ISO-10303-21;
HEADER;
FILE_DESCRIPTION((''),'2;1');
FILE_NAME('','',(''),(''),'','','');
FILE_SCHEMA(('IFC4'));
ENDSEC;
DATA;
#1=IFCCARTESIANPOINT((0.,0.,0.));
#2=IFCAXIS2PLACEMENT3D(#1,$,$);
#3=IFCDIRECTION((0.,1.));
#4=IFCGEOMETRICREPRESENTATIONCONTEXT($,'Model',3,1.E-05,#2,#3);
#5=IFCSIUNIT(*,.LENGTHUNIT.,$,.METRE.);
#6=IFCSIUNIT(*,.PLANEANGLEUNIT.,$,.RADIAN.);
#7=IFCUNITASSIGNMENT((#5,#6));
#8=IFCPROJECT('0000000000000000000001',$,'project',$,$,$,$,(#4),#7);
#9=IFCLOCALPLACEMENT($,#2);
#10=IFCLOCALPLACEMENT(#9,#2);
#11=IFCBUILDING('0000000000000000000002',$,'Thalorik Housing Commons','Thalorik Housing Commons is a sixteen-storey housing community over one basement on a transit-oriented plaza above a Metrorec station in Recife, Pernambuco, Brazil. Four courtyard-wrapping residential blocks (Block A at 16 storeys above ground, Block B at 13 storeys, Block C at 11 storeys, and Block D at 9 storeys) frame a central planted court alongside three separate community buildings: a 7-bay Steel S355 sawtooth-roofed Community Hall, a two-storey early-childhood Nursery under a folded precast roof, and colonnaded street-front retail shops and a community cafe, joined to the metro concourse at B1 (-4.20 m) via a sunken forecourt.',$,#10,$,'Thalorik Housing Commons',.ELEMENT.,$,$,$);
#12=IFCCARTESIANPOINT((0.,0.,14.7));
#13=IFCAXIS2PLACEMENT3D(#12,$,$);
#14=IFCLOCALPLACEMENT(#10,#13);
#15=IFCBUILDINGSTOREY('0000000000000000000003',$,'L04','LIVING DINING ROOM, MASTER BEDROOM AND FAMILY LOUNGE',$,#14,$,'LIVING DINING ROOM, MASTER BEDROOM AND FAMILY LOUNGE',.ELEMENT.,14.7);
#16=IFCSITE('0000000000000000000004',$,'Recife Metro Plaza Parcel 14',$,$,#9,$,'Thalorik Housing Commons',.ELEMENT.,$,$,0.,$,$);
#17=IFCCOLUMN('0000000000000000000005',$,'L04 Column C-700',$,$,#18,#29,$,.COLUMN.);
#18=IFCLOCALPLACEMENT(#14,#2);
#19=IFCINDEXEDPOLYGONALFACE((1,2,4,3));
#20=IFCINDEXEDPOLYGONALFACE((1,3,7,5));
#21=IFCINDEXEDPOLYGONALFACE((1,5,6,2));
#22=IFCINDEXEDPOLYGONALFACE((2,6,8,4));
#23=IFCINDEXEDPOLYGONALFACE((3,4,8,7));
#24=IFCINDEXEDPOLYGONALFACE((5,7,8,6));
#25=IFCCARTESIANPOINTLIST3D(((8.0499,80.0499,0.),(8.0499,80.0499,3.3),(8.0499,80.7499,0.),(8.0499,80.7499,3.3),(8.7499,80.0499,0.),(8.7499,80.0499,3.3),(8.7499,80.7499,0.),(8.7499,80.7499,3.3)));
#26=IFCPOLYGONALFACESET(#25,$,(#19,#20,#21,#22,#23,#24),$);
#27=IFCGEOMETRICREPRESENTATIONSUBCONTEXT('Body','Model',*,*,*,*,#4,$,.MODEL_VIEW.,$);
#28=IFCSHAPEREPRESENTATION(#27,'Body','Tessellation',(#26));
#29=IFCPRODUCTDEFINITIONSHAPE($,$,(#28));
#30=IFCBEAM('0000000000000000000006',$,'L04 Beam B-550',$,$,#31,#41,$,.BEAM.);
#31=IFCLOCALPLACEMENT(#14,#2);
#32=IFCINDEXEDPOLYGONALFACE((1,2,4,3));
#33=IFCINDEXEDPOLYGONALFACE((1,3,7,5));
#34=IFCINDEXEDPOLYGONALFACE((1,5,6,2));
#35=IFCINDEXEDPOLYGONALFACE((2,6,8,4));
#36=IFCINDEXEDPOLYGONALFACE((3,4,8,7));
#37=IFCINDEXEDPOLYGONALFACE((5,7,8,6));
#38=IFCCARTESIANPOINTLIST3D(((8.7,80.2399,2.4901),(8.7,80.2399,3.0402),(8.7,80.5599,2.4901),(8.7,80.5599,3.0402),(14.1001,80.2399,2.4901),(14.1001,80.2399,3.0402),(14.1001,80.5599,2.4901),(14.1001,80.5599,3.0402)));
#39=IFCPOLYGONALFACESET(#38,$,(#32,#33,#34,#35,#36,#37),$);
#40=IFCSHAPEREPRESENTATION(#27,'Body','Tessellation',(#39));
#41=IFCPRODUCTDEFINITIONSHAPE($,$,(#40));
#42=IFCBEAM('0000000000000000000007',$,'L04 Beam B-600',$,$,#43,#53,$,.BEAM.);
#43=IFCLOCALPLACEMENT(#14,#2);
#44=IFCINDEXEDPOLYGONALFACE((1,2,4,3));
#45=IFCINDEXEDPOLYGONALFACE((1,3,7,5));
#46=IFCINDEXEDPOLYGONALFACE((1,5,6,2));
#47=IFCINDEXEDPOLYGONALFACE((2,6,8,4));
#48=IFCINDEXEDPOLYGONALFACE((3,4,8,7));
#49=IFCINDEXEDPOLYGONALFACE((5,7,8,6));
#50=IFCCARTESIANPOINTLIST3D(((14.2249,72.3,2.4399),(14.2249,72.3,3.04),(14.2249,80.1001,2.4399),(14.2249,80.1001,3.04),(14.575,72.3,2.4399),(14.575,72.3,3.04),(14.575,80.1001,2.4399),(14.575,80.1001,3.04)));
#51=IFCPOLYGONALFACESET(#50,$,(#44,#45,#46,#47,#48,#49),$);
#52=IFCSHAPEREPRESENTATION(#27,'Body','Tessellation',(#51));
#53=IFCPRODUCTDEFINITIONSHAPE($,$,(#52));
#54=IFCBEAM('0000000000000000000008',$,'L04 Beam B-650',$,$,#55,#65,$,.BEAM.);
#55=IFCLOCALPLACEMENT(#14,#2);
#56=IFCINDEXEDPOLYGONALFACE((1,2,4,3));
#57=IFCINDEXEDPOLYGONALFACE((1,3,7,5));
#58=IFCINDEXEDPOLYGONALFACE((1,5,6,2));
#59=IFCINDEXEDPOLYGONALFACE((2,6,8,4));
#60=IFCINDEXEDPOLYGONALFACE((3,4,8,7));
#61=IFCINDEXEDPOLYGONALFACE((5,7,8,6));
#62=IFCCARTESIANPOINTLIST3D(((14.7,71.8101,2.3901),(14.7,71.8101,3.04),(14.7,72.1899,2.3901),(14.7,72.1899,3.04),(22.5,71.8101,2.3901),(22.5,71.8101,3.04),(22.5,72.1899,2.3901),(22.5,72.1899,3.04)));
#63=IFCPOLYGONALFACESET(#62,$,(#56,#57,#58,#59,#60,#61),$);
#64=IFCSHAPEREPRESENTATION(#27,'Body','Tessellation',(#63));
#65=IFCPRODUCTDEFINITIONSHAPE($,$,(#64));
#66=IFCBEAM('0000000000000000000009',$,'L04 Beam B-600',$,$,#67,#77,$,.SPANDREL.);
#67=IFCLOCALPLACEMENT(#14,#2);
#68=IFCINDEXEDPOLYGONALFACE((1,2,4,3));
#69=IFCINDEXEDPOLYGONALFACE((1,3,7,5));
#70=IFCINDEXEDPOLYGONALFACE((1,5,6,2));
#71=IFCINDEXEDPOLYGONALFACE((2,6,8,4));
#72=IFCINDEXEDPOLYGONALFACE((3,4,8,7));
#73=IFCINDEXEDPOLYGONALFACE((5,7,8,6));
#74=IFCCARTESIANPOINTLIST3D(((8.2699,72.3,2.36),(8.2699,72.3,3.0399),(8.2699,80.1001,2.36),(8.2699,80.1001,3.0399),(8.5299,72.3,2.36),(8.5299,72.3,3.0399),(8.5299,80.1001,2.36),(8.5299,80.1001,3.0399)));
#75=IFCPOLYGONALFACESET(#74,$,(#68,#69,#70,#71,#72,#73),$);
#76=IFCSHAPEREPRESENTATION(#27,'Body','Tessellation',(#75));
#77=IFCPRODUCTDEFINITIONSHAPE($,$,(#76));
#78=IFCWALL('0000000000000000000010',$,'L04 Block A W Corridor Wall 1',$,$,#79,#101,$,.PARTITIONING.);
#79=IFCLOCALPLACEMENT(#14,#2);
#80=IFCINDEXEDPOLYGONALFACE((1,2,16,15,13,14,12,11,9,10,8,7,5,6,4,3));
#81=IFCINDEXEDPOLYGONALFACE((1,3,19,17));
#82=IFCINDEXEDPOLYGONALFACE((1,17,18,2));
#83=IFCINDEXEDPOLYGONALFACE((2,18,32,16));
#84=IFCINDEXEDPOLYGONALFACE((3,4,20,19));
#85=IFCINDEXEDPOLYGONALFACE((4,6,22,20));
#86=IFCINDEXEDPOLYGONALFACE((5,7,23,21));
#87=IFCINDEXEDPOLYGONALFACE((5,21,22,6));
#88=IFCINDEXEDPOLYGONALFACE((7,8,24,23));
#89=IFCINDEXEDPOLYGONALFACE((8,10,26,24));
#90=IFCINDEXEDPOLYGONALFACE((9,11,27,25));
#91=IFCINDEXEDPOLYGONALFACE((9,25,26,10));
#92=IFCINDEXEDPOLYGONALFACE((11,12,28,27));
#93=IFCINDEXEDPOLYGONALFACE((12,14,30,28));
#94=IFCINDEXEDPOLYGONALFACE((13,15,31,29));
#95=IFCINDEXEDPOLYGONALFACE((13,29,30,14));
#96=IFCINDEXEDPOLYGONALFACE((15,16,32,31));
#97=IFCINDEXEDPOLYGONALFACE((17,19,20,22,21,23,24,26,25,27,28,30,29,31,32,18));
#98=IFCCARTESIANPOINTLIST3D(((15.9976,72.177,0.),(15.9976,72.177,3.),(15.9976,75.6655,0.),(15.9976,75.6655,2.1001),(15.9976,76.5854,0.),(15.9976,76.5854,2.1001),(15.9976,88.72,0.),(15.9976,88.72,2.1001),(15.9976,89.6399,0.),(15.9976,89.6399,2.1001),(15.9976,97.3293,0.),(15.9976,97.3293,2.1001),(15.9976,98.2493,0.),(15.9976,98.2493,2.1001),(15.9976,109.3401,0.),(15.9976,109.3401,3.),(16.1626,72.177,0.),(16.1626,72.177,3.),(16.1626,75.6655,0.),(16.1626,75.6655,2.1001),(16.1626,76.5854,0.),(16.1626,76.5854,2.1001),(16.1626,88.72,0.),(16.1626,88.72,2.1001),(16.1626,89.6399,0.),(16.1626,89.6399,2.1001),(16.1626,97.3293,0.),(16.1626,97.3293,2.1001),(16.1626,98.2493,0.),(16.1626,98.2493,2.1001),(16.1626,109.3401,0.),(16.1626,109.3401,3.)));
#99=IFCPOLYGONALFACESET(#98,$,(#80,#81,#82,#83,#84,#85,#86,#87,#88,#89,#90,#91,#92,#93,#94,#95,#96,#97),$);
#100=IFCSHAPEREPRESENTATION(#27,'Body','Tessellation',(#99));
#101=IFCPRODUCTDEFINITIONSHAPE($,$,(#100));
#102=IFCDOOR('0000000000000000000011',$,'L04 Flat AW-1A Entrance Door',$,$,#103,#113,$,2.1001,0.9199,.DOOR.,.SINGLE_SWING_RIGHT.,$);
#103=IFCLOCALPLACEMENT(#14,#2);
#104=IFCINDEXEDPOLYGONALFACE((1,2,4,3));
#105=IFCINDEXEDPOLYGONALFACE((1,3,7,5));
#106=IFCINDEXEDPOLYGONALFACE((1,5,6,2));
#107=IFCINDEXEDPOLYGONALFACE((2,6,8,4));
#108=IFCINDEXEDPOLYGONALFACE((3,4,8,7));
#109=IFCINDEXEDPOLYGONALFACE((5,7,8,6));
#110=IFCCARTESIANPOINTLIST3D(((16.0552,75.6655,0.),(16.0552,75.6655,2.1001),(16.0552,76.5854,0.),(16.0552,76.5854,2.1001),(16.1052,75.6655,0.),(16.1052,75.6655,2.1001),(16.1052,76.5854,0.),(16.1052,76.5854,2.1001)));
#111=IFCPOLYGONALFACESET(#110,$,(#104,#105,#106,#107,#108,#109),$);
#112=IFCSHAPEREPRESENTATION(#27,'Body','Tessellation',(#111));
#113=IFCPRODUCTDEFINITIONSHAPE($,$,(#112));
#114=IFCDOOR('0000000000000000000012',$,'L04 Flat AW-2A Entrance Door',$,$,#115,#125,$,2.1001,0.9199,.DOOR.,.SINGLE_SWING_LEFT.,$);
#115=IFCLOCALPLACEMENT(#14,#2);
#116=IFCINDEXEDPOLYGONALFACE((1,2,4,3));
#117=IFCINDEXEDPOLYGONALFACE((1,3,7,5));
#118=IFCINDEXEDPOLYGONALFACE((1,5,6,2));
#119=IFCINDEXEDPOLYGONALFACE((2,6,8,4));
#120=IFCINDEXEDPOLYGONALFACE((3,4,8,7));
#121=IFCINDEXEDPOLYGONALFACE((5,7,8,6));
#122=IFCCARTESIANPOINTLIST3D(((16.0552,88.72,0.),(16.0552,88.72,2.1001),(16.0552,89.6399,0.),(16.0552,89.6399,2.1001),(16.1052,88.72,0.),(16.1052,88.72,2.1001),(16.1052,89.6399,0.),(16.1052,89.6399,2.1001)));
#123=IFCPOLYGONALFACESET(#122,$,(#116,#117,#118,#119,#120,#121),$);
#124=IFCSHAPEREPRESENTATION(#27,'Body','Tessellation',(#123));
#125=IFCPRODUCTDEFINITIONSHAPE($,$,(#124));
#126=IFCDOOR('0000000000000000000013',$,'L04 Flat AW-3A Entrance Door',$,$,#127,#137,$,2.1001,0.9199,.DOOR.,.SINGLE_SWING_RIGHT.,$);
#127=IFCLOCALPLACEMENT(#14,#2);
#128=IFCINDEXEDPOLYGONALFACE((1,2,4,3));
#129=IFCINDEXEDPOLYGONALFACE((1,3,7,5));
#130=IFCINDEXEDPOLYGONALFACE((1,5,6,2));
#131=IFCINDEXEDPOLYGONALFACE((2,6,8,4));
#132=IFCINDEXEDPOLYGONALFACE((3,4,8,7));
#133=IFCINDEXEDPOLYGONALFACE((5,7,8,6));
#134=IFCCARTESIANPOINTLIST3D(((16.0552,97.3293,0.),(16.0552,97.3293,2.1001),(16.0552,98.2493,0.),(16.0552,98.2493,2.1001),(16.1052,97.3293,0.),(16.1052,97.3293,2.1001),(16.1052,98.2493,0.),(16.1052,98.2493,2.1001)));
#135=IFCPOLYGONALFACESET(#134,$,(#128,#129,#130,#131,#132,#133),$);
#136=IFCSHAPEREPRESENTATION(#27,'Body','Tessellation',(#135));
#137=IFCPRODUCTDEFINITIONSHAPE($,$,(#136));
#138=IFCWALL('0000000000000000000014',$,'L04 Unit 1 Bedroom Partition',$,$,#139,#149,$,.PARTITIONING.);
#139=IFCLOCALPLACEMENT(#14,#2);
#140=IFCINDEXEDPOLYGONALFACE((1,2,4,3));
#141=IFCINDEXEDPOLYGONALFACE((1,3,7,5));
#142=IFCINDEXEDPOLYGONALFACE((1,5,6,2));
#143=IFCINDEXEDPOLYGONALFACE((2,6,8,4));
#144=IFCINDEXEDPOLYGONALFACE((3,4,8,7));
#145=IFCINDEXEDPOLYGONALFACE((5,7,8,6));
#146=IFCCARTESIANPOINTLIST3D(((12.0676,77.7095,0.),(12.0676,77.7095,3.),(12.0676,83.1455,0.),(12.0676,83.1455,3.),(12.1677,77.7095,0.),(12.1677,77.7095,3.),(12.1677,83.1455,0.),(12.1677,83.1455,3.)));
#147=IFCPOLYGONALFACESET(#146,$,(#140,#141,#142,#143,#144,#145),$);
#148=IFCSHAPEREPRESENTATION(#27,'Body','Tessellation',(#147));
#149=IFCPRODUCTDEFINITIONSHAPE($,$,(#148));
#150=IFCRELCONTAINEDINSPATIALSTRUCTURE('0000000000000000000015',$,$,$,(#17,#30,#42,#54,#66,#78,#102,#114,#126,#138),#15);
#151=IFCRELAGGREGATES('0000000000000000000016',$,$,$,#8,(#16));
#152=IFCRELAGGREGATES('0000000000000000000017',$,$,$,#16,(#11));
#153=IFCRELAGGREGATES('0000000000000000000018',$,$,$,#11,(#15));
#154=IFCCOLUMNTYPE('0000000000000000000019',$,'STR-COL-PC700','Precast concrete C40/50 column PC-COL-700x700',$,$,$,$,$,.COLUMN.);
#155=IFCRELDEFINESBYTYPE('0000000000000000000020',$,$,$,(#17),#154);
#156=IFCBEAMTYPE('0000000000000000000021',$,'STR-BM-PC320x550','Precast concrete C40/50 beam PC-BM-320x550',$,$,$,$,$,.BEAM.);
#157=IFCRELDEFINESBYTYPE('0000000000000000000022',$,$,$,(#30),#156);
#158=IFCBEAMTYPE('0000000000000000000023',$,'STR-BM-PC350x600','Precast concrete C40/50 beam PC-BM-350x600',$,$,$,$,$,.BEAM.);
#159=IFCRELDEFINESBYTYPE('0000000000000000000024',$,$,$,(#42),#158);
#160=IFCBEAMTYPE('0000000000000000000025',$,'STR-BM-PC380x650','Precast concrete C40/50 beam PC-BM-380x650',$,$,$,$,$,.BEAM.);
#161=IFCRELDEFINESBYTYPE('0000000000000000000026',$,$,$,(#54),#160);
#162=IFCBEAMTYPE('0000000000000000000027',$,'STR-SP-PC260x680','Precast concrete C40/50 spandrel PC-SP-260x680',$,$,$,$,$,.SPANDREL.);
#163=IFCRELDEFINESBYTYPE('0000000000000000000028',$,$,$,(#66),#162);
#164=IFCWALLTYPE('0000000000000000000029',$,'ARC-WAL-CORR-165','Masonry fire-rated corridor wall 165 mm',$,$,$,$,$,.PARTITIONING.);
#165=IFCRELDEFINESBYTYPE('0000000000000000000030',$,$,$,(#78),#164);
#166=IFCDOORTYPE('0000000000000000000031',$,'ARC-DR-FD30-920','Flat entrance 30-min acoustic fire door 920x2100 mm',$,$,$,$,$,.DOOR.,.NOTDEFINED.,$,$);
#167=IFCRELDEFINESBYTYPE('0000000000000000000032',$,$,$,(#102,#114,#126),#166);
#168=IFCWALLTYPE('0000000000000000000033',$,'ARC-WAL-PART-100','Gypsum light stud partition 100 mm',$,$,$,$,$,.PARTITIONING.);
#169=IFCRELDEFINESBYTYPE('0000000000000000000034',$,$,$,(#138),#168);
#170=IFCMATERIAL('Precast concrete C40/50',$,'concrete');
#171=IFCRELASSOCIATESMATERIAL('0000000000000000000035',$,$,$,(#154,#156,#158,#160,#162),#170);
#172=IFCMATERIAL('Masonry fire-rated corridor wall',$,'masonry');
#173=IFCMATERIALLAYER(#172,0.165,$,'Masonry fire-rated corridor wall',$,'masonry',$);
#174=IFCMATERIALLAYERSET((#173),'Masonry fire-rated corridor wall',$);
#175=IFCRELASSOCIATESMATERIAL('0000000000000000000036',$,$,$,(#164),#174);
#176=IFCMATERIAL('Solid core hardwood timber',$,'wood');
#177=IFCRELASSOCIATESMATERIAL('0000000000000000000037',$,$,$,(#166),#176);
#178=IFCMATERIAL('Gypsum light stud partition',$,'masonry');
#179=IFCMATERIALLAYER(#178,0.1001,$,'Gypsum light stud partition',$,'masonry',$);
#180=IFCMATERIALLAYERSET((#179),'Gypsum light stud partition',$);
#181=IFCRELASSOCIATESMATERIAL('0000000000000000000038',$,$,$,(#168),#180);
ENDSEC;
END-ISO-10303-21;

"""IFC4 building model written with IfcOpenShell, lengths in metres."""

from ifc_helpers import new_model, si_unit, direction, frame, frame_2d, origin, origin_2d, place, context, subcontext, project, spatial, rectangle, extrude, material, layer, layer_set, material_profile, profile_set, type_object, element, fill, save


model = new_model("IFC4")

# Units and contexts
model_context = context("Model", 3, precision=1e-05, world=origin(), true_north=direction((0.0, 1.0)))
body_context = subcontext(model_context, "Body", "Model", "MODEL_VIEW")
ifc_project = project(units=[si_unit("LENGTHUNIT", "METRE"), si_unit("PLANEANGLEUNIT", "RADIAN")], contexts=[model_context])

# Site, building, storey
site_placement = place(None, origin())
site = spatial("IfcSite", under=ifc_project, at=site_placement, Name="Recife Metro Plaza Parcel 14", LongName="Thalorik Housing Commons", CompositionType="ELEMENT", RefElevation=0.0)
building_placement = place(site_placement, origin())
building = spatial("IfcBuilding", under=site, at=building_placement, Name="Thalorik Housing Commons", Description="Thalorik Housing Commons is a sixteen-storey housing community over one basement on a transit-oriented plaza above a Metrorec station in Recife, Pernambuco, Brazil. Four courtyard-wrapping residential blocks (Block A at 16 storeys above ground, Block B at 13 storeys, Block C at 11 storeys, and Block D at 9 storeys) frame a central planted court alongside three separate community buildings: a 7-bay Steel S355 sawtooth-roofed Community Hall, a two-storey early-childhood Nursery under a folded precast roof, and colonnaded street-front retail shops and a community cafe, joined to the metro concourse at B1 (-4.20 m) via a sunken forecourt.", LongName="Thalorik Housing Commons", CompositionType="ELEMENT")
storey_placement = place(building_placement, frame((0.0, 0.0, 14.7)))
storey = spatial("IfcBuildingStorey", under=building, at=storey_placement, Name="L04", Description="LIVING DINING ROOM, MASTER BEDROOM AND FAMILY LOUNGE", LongName="LIVING DINING ROOM, MASTER BEDROOM AND FAMILY LOUNGE", CompositionType="ELEMENT", Elevation=14.7)

# Column
ifc_material_1 = material(Name="Precast concrete C40/50", Category="concrete")
ifc_material_profile_1 = material_profile(ifc_material_1, rectangle(XDim=0.7, YDim=0.7, at=origin_2d()), Name="PC 700x700", Category="concrete")
ifc_profile_set_1 = profile_set([ifc_material_profile_1], Name="Precast concrete C40/50")
column_type = type_object("IfcColumnType", Name="STR-COL-PC700", Description="Precast concrete C40/50 column PC-COL-700x700", PredefinedType="COLUMN", material=ifc_profile_set_1)
column_placement = place(storey_placement, frame((8.3999, 80.3999, 0.0), z_axis=(0.0, 0.0, 1.0), x_axis=(1.0, 0.0, 0.0)))
element("IfcColumn", 1, at=column_placement, inside=storey, type_object=column_type, Name="L04 Column C-700", PredefinedType="COLUMN", context=body_context, shape_type="SweptSolid", body=[
    extrude(rectangle(XDim=0.7, YDim=0.7, at=origin_2d()), origin(), (0.0, 0.0, 1.0), 3.3),
])

# Beams
ifc_material_profile_2 = material_profile(ifc_material_1, rectangle(XDim=0.3201, YDim=0.55, at=origin_2d()), Name="PC 320x550", Category="concrete")
ifc_profile_set_2 = profile_set([ifc_material_profile_2], Name="Precast concrete C40/50")
beam_type_1 = type_object("IfcBeamType", Name="STR-BM-PC320x550", Description="Precast concrete C40/50 beam PC-BM-320x550", PredefinedType="BEAM", material=ifc_profile_set_2)
beam_1_placement = place(storey_placement, frame((8.7, 80.3999, 2.7651), z_axis=(1.0, 0.0, 0.0), x_axis=(0.0, 1.0, 0.0)))
element("IfcBeam", 2, at=beam_1_placement, inside=storey, type_object=beam_type_1, Name="L04 Beam B-550", PredefinedType="BEAM", context=body_context, shape_type="SweptSolid", body=[
    extrude(rectangle(XDim=0.3201, YDim=0.55, at=origin_2d()), origin(), (0.0, 0.0, 1.0), 5.4001),
])
ifc_material_profile_3 = material_profile(ifc_material_1, rectangle(XDim=0.3501, YDim=0.6001, at=origin_2d()), Name="PC 350x600", Category="concrete")
ifc_profile_set_3 = profile_set([ifc_material_profile_3], Name="Precast concrete C40/50")
beam_type_2 = type_object("IfcBeamType", Name="STR-BM-PC350x600", Description="Precast concrete C40/50 beam PC-BM-350x600", PredefinedType="BEAM", material=ifc_profile_set_3)
beam_2_placement = place(storey_placement, frame((14.3999, 72.3, 2.74), z_axis=(0.0, 1.0, 0.0), x_axis=(-1.0, 0.0, 0.0)))
element("IfcBeam", 3, at=beam_2_placement, inside=storey, type_object=beam_type_2, Name="L04 Beam B-600", PredefinedType="BEAM", context=body_context, shape_type="SweptSolid", body=[
    extrude(rectangle(XDim=0.3501, YDim=0.6001, at=origin_2d()), origin(), (0.0, 0.0, 1.0), 7.8),
])
ifc_material_profile_4 = material_profile(ifc_material_1, rectangle(XDim=0.3799, YDim=0.6499, at=origin_2d()), Name="PC 380x650", Category="concrete")
ifc_profile_set_4 = profile_set([ifc_material_profile_4], Name="Precast concrete C40/50")
beam_type_3 = type_object("IfcBeamType", Name="STR-BM-PC380x650", Description="Precast concrete C40/50 beam PC-BM-380x650", PredefinedType="BEAM", material=ifc_profile_set_4)
beam_3_placement = place(storey_placement, frame((14.7, 72.0, 2.7151), z_axis=(1.0, 0.0, 0.0), x_axis=(0.0, 1.0, 0.0)))
element("IfcBeam", 4, at=beam_3_placement, inside=storey, type_object=beam_type_3, Name="L04 Beam B-650", PredefinedType="BEAM", context=body_context, shape_type="SweptSolid", body=[
    extrude(rectangle(XDim=0.3799, YDim=0.6499, at=origin_2d()), origin(), (0.0, 0.0, 1.0), 7.8),
])
ifc_material_profile_5 = material_profile(ifc_material_1, rectangle(XDim=0.26, YDim=0.6799, at=origin_2d()), Name="PC SP 260x680", Category="concrete")
ifc_profile_set_5 = profile_set([ifc_material_profile_5], Name="Precast concrete C40/50")
beam_type_4 = type_object("IfcBeamType", Name="STR-SP-PC260x680", Description="Precast concrete C40/50 spandrel PC-SP-260x680", PredefinedType="SPANDREL", material=ifc_profile_set_5)
beam_4_placement = place(storey_placement, frame((8.3999, 72.3, 2.7), z_axis=(0.0, 1.0, 0.0), x_axis=(-1.0, 0.0, 0.0)))
element("IfcBeam", 5, at=beam_4_placement, inside=storey, type_object=beam_type_4, Name="L04 Beam B-600", PredefinedType="SPANDREL", context=body_context, shape_type="SweptSolid", body=[
    extrude(rectangle(XDim=0.26, YDim=0.6799, at=origin_2d()), origin(), (0.0, 0.0, 1.0), 7.8),
])

# Wall, openings, doors
ifc_material_2 = material(Name="Masonry fire-rated corridor wall", Category="masonry")
ifc_layer_1 = layer(ifc_material_2, 0.165, Name="Masonry fire-rated corridor wall", Category="masonry")
ifc_layer_set_1 = layer_set([ifc_layer_1], Name="Masonry fire-rated corridor wall")
wall_type_1 = type_object("IfcWallType", Name="ARC-WAL-CORR-165", Description="Masonry fire-rated corridor wall 165 mm", PredefinedType="PARTITIONING", material=ifc_layer_set_1)
wall_1_placement = place(storey_placement, frame((16.0801, 72.177, 0.0), z_axis=(0.0, 0.0, 1.0), x_axis=(0.0, 1.0, 0.0)))
wall_1 = element("IfcWall", 6, at=wall_1_placement, inside=storey, type_object=wall_type_1, Name="L04 Block A W Corridor Wall 1", PredefinedType="PARTITIONING", context=body_context, shape_type="SweptSolid", body=[
    extrude(rectangle(XDim=37.1631, YDim=0.165, at=frame_2d((18.5815, 0.0))), origin(), (0.0, 0.0, 1.0), 3.0),
])
opening_1_placement = place(wall_1_placement, frame((3.4885, 0.0, 0.0)))
opening_1 = element("IfcOpeningElement", 7, at=opening_1_placement, cuts=wall_1, PredefinedType="OPENING", context=body_context, shape_type="SweptSolid", body=[
    extrude(rectangle(XDim=0.9199, YDim=2.1001, at=frame_2d((0.46, 1.05))), frame((0.0, 0.0925, 0.0), z_axis=(0.0, -1.0, 0.0), x_axis=(1.0, 0.0, 0.0)), (0.0, 0.0, 1.0), 0.1851),
])
opening_2_placement = place(wall_1_placement, frame((16.543, 0.0, 0.0)))
opening_2 = element("IfcOpeningElement", 8, at=opening_2_placement, cuts=wall_1, PredefinedType="OPENING", context=body_context, shape_type="SweptSolid", body=[
    extrude(rectangle(XDim=0.9199, YDim=2.1001, at=frame_2d((0.46, 1.05))), frame((0.0, 0.0925, 0.0), z_axis=(0.0, -1.0, 0.0), x_axis=(1.0, 0.0, 0.0)), (0.0, 0.0, 1.0), 0.1851),
])
opening_3_placement = place(wall_1_placement, frame((25.1523, 0.0, 0.0)))
opening_3 = element("IfcOpeningElement", 9, at=opening_3_placement, cuts=wall_1, PredefinedType="OPENING", context=body_context, shape_type="SweptSolid", body=[
    extrude(rectangle(XDim=0.9199, YDim=2.1001, at=frame_2d((0.46, 1.05))), frame((0.0, 0.0925, 0.0), z_axis=(0.0, -1.0, 0.0), x_axis=(1.0, 0.0, 0.0)), (0.0, 0.0, 1.0), 0.1851),
])
ifc_material_3 = material(Name="Solid core hardwood timber", Category="wood")
door_type_1 = type_object("IfcDoorType", Name="ARC-DR-FD30-920", Description="Flat entrance 30-min acoustic fire door 920x2100 mm", OperationType="NOTDEFINED", PredefinedType="DOOR", material=ifc_material_3)
door_1_placement = place(opening_1_placement, origin())
door_1 = element("IfcDoor", 10, at=door_1_placement, inside=storey, type_object=door_type_1, Name="L04 Flat AW-1A Entrance Door", OperationType="SINGLE_SWING_RIGHT", OverallHeight=2.1001, OverallWidth=0.9199, PredefinedType="DOOR", context=body_context, shape_type="SweptSolid", body=[
    extrude(rectangle(XDim=0.9199, YDim=2.1001, at=frame_2d((0.46, 1.05))), frame((0.0, 0.0249, 0.0), z_axis=(0.0, -1.0, 0.0), x_axis=(1.0, 0.0, 0.0)), (0.0, 0.0, 1.0), 0.05),
])
fill(opening_1, door_1)
door_2_placement = place(opening_2_placement, origin())
door_2 = element("IfcDoor", 11, at=door_2_placement, inside=storey, type_object=door_type_1, Name="L04 Flat AW-2A Entrance Door", OperationType="SINGLE_SWING_LEFT", OverallHeight=2.1001, OverallWidth=0.9199, PredefinedType="DOOR", context=body_context, shape_type="SweptSolid", body=[
    extrude(rectangle(XDim=0.9199, YDim=2.1001, at=frame_2d((0.46, 1.05))), frame((0.0, 0.0249, 0.0), z_axis=(0.0, -1.0, 0.0), x_axis=(1.0, 0.0, 0.0)), (0.0, 0.0, 1.0), 0.05),
])
fill(opening_2, door_2)
door_3_placement = place(opening_3_placement, origin())
door_3 = element("IfcDoor", 12, at=door_3_placement, inside=storey, type_object=door_type_1, Name="L04 Flat AW-3A Entrance Door", OperationType="SINGLE_SWING_RIGHT", OverallHeight=2.1001, OverallWidth=0.9199, PredefinedType="DOOR", context=body_context, shape_type="SweptSolid", body=[
    extrude(rectangle(XDim=0.9199, YDim=2.1001, at=frame_2d((0.46, 1.05))), frame((0.0, 0.0249, 0.0), z_axis=(0.0, -1.0, 0.0), x_axis=(1.0, 0.0, 0.0)), (0.0, 0.0, 1.0), 0.05),
])
fill(opening_3, door_3)

# Wall
ifc_material_4 = material(Name="Gypsum light stud partition", Category="masonry")
ifc_layer_2 = layer(ifc_material_4, 0.1001, Name="Gypsum light stud partition", Category="masonry")
ifc_layer_set_2 = layer_set([ifc_layer_2], Name="Gypsum light stud partition")
wall_type_2 = type_object("IfcWallType", Name="ARC-WAL-PART-100", Description="Gypsum light stud partition 100 mm", PredefinedType="PARTITIONING", material=ifc_layer_set_2)
wall_2_placement = place(storey_placement, frame((12.1177, 77.7095, 0.0), z_axis=(0.0, 0.0, 1.0), x_axis=(0.0, 1.0, 0.0)))
element("IfcWall", 13, at=wall_2_placement, inside=storey, type_object=wall_type_2, Name="L04 Unit 1 Bedroom Partition", PredefinedType="PARTITIONING", context=body_context, shape_type="SweptSolid", body=[
    extrude(rectangle(XDim=5.436, YDim=0.1001, at=frame_2d((2.718, 0.0))), origin(), (0.0, 0.0, 1.0), 3.0),
])

save(model, "model.ifc")
